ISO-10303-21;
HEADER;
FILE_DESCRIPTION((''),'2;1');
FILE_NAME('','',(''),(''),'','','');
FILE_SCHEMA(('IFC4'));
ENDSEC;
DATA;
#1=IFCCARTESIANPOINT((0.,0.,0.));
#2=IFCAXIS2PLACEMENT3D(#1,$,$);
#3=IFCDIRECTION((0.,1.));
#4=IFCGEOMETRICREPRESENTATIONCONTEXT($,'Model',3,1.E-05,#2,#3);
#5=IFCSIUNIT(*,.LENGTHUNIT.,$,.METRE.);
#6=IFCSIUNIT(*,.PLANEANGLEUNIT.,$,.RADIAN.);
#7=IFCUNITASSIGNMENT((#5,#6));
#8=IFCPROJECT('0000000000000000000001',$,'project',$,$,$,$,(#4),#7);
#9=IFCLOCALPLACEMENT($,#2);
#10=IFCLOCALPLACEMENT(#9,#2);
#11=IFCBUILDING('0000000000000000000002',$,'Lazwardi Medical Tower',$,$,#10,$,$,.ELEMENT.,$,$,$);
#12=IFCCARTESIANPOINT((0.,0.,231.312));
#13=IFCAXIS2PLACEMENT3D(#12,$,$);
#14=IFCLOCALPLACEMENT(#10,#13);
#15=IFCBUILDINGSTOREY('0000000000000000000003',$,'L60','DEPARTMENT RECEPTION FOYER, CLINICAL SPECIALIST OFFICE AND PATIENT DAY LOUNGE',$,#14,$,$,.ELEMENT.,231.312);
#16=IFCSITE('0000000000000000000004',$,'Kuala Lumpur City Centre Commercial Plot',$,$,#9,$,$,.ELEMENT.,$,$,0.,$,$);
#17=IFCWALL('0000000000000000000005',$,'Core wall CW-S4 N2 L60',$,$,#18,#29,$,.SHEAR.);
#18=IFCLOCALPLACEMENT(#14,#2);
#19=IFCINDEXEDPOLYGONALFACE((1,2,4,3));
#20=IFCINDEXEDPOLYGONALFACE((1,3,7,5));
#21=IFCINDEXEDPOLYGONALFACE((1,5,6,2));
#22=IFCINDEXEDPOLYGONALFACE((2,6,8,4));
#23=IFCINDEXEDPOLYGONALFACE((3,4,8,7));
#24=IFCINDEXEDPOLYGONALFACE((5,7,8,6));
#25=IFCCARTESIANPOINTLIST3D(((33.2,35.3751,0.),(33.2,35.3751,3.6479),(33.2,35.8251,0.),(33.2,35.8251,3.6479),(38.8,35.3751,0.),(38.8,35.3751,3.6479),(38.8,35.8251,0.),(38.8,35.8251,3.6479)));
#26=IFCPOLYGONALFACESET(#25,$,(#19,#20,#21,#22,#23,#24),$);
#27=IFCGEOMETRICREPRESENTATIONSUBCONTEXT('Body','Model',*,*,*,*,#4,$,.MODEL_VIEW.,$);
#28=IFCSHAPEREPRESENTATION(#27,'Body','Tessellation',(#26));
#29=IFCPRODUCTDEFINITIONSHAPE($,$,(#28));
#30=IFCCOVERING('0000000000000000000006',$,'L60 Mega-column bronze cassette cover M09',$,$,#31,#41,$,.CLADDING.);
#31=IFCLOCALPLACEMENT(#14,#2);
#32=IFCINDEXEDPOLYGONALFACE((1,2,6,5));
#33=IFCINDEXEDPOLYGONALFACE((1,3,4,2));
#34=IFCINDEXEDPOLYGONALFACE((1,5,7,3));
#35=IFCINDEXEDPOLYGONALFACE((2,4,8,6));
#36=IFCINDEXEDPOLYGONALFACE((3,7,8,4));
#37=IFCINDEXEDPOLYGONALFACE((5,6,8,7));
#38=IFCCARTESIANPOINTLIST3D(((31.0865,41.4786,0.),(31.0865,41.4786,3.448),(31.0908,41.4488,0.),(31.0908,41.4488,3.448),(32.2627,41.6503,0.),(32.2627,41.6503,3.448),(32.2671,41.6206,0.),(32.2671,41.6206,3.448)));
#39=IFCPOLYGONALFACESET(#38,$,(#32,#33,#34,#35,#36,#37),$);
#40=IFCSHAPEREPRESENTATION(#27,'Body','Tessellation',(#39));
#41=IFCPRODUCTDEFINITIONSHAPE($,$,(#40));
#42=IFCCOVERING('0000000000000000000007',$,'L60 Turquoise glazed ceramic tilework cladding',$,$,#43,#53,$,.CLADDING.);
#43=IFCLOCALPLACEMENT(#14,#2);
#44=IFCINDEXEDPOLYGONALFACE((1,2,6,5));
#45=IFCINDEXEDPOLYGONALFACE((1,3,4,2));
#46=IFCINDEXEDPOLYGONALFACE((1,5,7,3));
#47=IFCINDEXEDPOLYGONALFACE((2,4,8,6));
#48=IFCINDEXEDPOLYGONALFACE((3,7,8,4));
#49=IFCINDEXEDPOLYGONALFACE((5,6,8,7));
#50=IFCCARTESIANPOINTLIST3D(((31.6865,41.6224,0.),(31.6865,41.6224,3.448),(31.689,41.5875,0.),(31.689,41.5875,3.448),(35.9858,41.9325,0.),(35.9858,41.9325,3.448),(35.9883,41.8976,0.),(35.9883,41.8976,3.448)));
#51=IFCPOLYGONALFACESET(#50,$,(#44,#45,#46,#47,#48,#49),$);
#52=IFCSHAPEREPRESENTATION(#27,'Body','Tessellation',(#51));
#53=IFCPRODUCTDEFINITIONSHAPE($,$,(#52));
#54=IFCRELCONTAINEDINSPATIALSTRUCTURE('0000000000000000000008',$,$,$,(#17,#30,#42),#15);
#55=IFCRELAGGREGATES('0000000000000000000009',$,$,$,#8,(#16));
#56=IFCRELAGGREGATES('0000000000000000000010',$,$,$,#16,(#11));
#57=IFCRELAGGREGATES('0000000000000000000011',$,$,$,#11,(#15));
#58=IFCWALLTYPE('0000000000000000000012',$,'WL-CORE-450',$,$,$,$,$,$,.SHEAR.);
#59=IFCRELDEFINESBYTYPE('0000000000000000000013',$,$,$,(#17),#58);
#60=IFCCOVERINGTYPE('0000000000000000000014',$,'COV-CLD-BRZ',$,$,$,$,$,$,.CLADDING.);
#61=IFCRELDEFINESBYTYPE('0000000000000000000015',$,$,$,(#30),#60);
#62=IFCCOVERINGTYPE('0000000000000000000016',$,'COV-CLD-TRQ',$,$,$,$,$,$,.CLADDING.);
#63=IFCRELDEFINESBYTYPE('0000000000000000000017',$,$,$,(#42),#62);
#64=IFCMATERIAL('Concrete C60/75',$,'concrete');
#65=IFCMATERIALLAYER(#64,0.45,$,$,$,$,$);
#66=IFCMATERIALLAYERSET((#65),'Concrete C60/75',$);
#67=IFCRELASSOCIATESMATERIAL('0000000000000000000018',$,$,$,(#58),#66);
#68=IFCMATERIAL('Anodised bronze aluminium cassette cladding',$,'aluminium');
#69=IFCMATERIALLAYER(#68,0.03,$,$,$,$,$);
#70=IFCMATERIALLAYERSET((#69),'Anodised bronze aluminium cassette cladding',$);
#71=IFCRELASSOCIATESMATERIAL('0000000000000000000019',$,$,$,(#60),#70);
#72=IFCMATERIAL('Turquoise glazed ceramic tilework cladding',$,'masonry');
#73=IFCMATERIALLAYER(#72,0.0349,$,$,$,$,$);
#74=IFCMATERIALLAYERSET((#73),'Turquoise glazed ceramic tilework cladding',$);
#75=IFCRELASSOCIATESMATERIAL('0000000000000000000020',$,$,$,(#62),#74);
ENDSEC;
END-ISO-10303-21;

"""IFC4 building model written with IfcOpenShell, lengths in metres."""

from ifc_helpers import new_model, si_unit, direction, frame, frame_2d, origin, origin_2d, place, context, subcontext, project, spatial, rectangle, extrude, material, layer, layer_set, type_object, element, save


model = new_model("IFC4")

# Units and contexts
model_context = context("Model", 3, precision=1e-05, world=origin(), true_north=direction((0.0, 1.0)))
body_context = subcontext(model_context, "Body", "Model", "MODEL_VIEW")
ifc_project = project(units=[si_unit("LENGTHUNIT", "METRE"), si_unit("PLANEANGLEUNIT", "RADIAN")], contexts=[model_context])

# Site, building, storey
site_placement = place(None, origin())
site = spatial("IfcSite", under=ifc_project, at=site_placement, Name="Kuala Lumpur City Centre Commercial Plot", CompositionType="ELEMENT", RefElevation=0.0)
building_placement = place(site_placement, origin())
building = spatial("IfcBuilding", under=site, at=building_placement, Name="Lazwardi Medical Tower", CompositionType="ELEMENT")
storey_placement = place(building_placement, frame((0.0, 0.0, 231.312)))
storey = spatial("IfcBuildingStorey", under=building, at=storey_placement, Name="L60", Description="DEPARTMENT RECEPTION FOYER, CLINICAL SPECIALIST OFFICE AND PATIENT DAY LOUNGE", CompositionType="ELEMENT", Elevation=231.312)

# Shared definitions
ifc_material_1 = material(Name="Concrete C60/75", Category="concrete")

# Wall
ifc_layer_1 = layer(ifc_material_1, 0.45)
ifc_layer_set_1 = layer_set([ifc_layer_1], Name="Concrete C60/75")
wall_type_1 = type_object("IfcWallType", Name="WL-CORE-450", PredefinedType="SHEAR", material=ifc_layer_set_1)
wall_1_placement = place(storey_placement, frame((33.2, 35.6001, 0.0), z_axis=(0.0, 0.0, 1.0), x_axis=(1.0, 0.0, 0.0)))
element("IfcWall", 1, at=wall_1_placement, inside=storey, type_object=wall_type_1, Name="Core wall CW-S4 N2 L60", PredefinedType="SHEAR", context=body_context, shape_type="SweptSolid", body=[
    extrude(rectangle(XDim=5.6001, YDim=0.45, at=frame_2d((2.8, 0.0))), origin(), (0.0, 0.0, 1.0), 3.6479),
])

# Coverings
ifc_material_2 = material(Name="Anodised bronze aluminium cassette cladding", Category="aluminium")
ifc_layer_2 = layer(ifc_material_2, 0.03)
ifc_layer_set_2 = layer_set([ifc_layer_2], Name="Anodised bronze aluminium cassette cladding")
covering_type_1 = type_object("IfcCoveringType", Name="COV-CLD-BRZ", PredefinedType="CLADDING", material=ifc_layer_set_2)
covering_1_placement = place(storey_placement, frame((31.6768, 41.5496, 0.0), z_axis=(0.0, 0.0, 1.0), x_axis=(-0.989512, -0.144448, 0.0)))
element("IfcCovering", 2, at=covering_1_placement, inside=storey, type_object=covering_type_1, Name="L60 Mega-column bronze cassette cover M09", PredefinedType="CLADDING", context=body_context, shape_type="SweptSolid", body=[
    extrude(rectangle(XDim=1.1887, YDim=0.03, at=origin_2d()), origin(), (0.0, 0.0, 1.0), 3.448),
])
ifc_material_3 = material(Name="Turquoise glazed ceramic tilework cladding", Category="masonry")
ifc_layer_3 = layer(ifc_material_3, 0.0349)
ifc_layer_set_3 = layer_set([ifc_layer_3], Name="Turquoise glazed ceramic tilework cladding")
covering_type_2 = type_object("IfcCoveringType", Name="COV-CLD-TRQ", PredefinedType="CLADDING", material=ifc_layer_set_3)
covering_2_placement = place(storey_placement, frame((33.8374, 41.76, 0.0), z_axis=(0.0, 0.0, 1.0), x_axis=(-0.997409, -0.07194, 0.0)))
element("IfcCovering", 3, at=covering_2_placement, inside=storey, type_object=covering_type_2, Name="L60 Turquoise glazed ceramic tilework cladding", PredefinedType="CLADDING", context=body_context, shape_type="SweptSolid", body=[
    extrude(rectangle(XDim=4.3105, YDim=0.0349, at=origin_2d()), origin(), (0.0, 0.0, 1.0), 3.448),
])

save(model, "model.ifc")
